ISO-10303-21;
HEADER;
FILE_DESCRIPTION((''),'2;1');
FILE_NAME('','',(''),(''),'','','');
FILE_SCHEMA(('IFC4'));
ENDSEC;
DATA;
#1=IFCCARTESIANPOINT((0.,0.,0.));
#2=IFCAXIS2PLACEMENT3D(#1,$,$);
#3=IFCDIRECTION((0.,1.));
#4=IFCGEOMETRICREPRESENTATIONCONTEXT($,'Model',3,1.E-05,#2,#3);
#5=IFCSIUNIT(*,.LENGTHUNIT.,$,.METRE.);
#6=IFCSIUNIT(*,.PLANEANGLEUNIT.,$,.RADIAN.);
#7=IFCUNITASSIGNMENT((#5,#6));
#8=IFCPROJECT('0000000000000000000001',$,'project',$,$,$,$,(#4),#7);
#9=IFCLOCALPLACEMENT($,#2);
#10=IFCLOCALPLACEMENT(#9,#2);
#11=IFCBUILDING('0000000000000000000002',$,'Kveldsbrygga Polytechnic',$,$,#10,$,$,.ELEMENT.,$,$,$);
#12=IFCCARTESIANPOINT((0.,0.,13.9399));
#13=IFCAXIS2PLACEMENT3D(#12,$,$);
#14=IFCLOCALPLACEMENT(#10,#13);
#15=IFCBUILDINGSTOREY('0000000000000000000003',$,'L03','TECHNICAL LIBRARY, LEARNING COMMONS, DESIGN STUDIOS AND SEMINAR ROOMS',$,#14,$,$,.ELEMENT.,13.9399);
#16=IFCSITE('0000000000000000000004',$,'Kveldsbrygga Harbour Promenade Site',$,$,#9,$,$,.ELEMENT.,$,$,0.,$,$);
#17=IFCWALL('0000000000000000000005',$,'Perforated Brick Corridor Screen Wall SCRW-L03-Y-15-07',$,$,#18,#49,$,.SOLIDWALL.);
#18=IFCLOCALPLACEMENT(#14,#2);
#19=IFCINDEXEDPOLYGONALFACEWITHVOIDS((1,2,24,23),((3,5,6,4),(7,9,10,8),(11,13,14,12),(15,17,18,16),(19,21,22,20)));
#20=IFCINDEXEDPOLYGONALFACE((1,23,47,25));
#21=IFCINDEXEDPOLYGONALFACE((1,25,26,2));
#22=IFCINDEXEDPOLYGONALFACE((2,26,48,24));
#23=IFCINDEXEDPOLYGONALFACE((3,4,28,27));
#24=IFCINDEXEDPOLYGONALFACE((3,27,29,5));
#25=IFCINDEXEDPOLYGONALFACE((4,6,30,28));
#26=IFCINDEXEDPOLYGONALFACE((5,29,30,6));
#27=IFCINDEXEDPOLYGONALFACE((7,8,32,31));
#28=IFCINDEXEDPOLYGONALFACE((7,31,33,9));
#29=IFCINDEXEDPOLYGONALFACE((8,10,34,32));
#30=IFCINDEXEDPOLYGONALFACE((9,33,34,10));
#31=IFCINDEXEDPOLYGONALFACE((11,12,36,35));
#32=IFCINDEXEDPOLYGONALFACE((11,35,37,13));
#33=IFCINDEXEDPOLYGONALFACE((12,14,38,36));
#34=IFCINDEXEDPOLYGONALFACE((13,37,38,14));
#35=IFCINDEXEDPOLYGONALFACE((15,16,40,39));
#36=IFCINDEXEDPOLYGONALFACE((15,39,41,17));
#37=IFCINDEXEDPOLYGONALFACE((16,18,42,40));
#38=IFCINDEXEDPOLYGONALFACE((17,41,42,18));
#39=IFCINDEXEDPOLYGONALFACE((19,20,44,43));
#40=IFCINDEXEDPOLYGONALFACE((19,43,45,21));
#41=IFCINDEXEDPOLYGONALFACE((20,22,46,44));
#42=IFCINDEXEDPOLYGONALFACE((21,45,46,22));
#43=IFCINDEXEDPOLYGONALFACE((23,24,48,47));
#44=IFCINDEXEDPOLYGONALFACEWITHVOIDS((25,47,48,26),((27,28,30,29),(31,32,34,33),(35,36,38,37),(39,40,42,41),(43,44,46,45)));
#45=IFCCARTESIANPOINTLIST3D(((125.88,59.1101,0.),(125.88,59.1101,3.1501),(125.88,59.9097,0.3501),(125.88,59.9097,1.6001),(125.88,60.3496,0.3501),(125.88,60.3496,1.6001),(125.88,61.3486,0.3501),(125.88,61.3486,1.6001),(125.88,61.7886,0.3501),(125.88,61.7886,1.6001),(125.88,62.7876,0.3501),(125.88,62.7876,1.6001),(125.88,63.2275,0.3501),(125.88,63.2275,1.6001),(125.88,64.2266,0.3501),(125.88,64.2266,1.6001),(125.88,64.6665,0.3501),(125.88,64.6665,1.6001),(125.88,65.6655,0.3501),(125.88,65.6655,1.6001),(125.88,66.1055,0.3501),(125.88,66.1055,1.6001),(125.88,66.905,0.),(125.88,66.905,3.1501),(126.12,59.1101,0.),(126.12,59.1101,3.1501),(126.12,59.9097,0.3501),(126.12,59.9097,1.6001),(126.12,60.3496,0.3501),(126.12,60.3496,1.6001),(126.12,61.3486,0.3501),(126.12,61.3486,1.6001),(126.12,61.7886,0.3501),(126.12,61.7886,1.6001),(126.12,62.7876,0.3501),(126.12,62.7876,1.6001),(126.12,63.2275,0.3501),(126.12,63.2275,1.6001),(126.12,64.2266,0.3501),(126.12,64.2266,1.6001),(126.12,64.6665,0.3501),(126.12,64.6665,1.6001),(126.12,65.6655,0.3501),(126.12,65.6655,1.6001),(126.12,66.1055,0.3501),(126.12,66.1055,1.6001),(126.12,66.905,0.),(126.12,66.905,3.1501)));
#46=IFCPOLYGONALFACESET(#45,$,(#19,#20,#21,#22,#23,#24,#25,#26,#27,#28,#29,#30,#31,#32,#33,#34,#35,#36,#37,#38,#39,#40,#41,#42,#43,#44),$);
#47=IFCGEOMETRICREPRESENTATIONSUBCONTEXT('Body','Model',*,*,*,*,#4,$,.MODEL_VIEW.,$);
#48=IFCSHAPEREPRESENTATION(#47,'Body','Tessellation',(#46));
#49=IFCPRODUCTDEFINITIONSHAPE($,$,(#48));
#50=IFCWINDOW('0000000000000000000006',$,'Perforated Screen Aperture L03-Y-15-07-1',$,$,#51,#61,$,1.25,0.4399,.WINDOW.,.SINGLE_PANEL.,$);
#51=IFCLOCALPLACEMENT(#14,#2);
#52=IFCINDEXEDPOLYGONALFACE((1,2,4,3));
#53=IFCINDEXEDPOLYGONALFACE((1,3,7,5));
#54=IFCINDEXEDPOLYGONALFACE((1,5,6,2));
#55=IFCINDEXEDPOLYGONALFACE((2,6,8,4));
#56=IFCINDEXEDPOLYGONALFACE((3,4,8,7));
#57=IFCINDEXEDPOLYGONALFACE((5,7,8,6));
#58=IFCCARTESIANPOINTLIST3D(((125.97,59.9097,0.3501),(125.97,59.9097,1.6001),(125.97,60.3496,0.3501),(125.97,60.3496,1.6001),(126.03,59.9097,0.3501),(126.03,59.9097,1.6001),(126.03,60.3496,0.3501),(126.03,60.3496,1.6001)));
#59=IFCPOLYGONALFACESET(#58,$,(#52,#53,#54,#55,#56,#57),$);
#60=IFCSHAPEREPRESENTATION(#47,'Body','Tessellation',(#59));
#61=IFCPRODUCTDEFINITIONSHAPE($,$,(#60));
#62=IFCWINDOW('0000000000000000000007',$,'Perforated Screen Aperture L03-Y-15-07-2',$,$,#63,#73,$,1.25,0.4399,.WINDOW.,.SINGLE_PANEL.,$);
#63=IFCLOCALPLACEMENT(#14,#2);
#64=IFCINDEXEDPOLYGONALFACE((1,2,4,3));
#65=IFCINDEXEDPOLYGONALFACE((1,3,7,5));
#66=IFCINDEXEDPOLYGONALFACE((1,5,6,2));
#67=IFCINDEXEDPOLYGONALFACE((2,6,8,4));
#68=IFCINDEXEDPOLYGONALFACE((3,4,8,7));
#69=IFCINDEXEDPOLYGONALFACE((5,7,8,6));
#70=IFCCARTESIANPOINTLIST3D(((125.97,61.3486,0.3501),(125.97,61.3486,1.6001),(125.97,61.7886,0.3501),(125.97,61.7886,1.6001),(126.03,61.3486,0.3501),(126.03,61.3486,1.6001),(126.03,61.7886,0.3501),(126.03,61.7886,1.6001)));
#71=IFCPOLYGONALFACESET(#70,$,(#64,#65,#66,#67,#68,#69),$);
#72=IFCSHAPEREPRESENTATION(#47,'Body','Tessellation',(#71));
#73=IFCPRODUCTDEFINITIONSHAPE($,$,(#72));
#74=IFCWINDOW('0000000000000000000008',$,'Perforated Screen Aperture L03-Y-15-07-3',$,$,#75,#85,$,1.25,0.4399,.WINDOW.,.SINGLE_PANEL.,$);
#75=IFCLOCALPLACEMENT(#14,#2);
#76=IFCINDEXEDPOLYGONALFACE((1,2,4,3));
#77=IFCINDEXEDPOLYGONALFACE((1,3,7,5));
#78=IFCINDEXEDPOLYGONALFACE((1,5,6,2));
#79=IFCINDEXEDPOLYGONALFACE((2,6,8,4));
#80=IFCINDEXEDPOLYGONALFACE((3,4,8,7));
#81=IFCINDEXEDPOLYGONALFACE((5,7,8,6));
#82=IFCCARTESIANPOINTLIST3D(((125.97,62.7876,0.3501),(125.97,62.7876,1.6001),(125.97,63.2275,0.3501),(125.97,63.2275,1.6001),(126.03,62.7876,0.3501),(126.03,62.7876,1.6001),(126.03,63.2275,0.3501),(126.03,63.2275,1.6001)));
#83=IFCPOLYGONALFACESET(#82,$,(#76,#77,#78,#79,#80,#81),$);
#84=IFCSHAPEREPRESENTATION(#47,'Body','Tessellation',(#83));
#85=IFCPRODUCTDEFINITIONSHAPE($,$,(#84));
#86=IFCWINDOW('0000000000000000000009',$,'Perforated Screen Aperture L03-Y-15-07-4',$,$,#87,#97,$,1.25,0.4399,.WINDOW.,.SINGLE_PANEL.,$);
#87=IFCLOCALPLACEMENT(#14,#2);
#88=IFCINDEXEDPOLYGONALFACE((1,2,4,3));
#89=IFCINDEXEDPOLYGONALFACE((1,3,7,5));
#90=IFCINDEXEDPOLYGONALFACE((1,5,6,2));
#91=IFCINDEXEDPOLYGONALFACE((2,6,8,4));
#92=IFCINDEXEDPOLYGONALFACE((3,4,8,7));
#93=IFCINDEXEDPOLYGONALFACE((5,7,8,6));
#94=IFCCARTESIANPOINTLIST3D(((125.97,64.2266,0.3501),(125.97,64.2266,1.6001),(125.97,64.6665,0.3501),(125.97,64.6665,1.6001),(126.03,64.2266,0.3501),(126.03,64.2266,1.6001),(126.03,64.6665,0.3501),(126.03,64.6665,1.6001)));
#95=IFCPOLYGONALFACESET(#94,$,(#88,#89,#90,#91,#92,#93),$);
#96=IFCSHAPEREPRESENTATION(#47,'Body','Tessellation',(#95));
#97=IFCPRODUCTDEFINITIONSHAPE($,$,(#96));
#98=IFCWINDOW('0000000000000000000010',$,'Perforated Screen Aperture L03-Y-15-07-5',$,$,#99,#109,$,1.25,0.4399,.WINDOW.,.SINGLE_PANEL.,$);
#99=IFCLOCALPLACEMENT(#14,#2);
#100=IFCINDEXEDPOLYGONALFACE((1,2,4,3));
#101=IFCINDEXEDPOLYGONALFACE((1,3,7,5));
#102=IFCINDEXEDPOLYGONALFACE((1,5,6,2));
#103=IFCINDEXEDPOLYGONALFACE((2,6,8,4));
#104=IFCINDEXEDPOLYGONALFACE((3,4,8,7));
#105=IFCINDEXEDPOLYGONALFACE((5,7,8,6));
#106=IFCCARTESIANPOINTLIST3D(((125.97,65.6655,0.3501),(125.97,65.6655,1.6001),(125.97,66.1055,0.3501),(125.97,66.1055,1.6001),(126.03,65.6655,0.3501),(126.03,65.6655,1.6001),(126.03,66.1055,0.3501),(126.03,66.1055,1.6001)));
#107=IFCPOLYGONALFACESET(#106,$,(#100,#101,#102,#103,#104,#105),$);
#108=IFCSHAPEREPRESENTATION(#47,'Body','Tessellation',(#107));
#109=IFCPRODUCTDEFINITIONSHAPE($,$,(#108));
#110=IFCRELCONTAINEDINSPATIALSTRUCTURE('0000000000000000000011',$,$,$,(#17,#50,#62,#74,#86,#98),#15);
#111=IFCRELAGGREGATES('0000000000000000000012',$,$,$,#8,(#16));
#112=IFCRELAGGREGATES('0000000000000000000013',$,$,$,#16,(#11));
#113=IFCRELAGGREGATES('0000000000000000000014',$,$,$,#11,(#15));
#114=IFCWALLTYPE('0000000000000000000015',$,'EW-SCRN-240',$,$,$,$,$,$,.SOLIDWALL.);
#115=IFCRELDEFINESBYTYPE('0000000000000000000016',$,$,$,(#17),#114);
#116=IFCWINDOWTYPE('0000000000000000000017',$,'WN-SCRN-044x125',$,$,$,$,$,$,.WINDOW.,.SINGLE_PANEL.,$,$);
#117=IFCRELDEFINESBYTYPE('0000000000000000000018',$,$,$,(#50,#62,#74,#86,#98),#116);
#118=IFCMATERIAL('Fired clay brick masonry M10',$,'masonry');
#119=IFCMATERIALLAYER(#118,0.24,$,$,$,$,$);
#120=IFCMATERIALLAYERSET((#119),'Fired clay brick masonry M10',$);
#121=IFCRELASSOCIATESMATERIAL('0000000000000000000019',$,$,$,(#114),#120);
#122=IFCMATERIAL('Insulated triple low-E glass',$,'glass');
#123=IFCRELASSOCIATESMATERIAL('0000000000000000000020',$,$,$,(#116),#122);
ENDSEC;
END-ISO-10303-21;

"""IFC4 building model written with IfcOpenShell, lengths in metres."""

from ifc_helpers import new_model, si_unit, direction, frame, frame_2d, origin, place, context, subcontext, project, spatial, rectangle, extrude, material, layer, layer_set, type_object, element, fill, save


model = new_model("IFC4")

# Units and contexts
model_context = context("Model", 3, precision=1e-05, world=origin(), true_north=direction((0.0, 1.0)))
body_context = subcontext(model_context, "Body", "Model", "MODEL_VIEW")
ifc_project = project(units=[si_unit("LENGTHUNIT", "METRE"), si_unit("PLANEANGLEUNIT", "RADIAN")], contexts=[model_context])

# Site, building, storey
site_placement = place(None, origin())
site = spatial("IfcSite", under=ifc_project, at=site_placement, Name="Kveldsbrygga Harbour Promenade Site", CompositionType="ELEMENT", RefElevation=0.0)
building_placement = place(site_placement, origin())
building = spatial("IfcBuilding", under=site, at=building_placement, Name="Kveldsbrygga Polytechnic", CompositionType="ELEMENT")
storey_placement = place(building_placement, frame((0.0, 0.0, 13.9399)))
storey = spatial("IfcBuildingStorey", under=building, at=storey_placement, Name="L03", Description="TECHNICAL LIBRARY, LEARNING COMMONS, DESIGN STUDIOS AND SEMINAR ROOMS", CompositionType="ELEMENT", Elevation=13.9399)

# Wall, openings, windows
ifc_material_1 = material(Name="Fired clay brick masonry M10", Category="masonry")
ifc_layer = layer(ifc_material_1, 0.24)
ifc_layer_set = layer_set([ifc_layer], Name="Fired clay brick masonry M10")
wall_type = type_object("IfcWallType", Name="EW-SCRN-240", PredefinedType="SOLIDWALL", material=ifc_layer_set)
ifc_material_2 = material(Name="Insulated triple low-E glass", Category="glass")
window_type = type_object("IfcWindowType", Name="WN-SCRN-044x125", PartitioningType="SINGLE_PANEL", PredefinedType="WINDOW", material=ifc_material_2)
wall_1_placement = place(storey_placement, frame((126.0, 59.1101, 0.0), z_axis=(0.0, 0.0, 1.0), x_axis=(0.0, 1.0, 0.0)))
wall_1 = element("IfcWall", 1, at=wall_1_placement, inside=storey, type_object=wall_type, Name="Perforated Brick Corridor Screen Wall SCRW-L03-Y-15-07", PredefinedType="SOLIDWALL", context=body_context, shape_type="SweptSolid", body=[
    extrude(rectangle(XDim=7.7949, YDim=0.24, at=frame_2d((3.8975, 0.0))), origin(), (0.0, 0.0, 1.0), 3.1501),
])
opening_1_placement = place(wall_1_placement, frame((0.7996, 0.0, 0.3501)))
opening_1 = element("IfcOpeningElement", 2, at=opening_1_placement, cuts=wall_1, PredefinedType="OPENING", context=body_context, shape_type="SweptSolid", body=[
    extrude(rectangle(XDim=0.4399, YDim=1.25, at=frame_2d((0.22, 0.625))), frame((0.0, 0.1299, 0.0), z_axis=(0.0, -1.0, 0.0), x_axis=(1.0, 0.0, 0.0)), (0.0, 0.0, 1.0), 0.26),
])
opening_2_placement = place(wall_1_placement, frame((2.2385, 0.0, 0.3501)))
opening_2 = element("IfcOpeningElement", 3, at=opening_2_placement, cuts=wall_1, PredefinedType="OPENING", context=body_context, shape_type="SweptSolid", body=[
    extrude(rectangle(XDim=0.4399, YDim=1.25, at=frame_2d((0.22, 0.625))), frame((0.0, 0.1299, 0.0), z_axis=(0.0, -1.0, 0.0), x_axis=(1.0, 0.0, 0.0)), (0.0, 0.0, 1.0), 0.26),
])
opening_3_placement = place(wall_1_placement, frame((3.6775, 0.0, 0.3501)))
opening_3 = element("IfcOpeningElement", 4, at=opening_3_placement, cuts=wall_1, PredefinedType="OPENING", context=body_context, shape_type="SweptSolid", body=[
    extrude(rectangle(XDim=0.4399, YDim=1.25, at=frame_2d((0.22, 0.625))), frame((0.0, 0.1299, 0.0), z_axis=(0.0, -1.0, 0.0), x_axis=(1.0, 0.0, 0.0)), (0.0, 0.0, 1.0), 0.26),
])
opening_4_placement = place(wall_1_placement, frame((5.1165, 0.0, 0.3501)))
opening_4 = element("IfcOpeningElement", 5, at=opening_4_placement, cuts=wall_1, PredefinedType="OPENING", context=body_context, shape_type="SweptSolid", body=[
    extrude(rectangle(XDim=0.4399, YDim=1.25, at=frame_2d((0.22, 0.625))), frame((0.0, 0.1299, 0.0), z_axis=(0.0, -1.0, 0.0), x_axis=(1.0, 0.0, 0.0)), (0.0, 0.0, 1.0), 0.26),
])
opening_5_placement = place(wall_1_placement, frame((6.5554, 0.0, 0.3501)))
opening_5 = element("IfcOpeningElement", 6, at=opening_5_placement, cuts=wall_1, PredefinedType="OPENING", context=body_context, shape_type="SweptSolid", body=[
    extrude(rectangle(XDim=0.4399, YDim=1.25, at=frame_2d((0.22, 0.625))), frame((0.0, 0.1299, 0.0), z_axis=(0.0, -1.0, 0.0), x_axis=(1.0, 0.0, 0.0)), (0.0, 0.0, 1.0), 0.26),
])
window_1_placement = place(opening_1_placement, origin())
window_1 = element("IfcWindow", 7, at=window_1_placement, inside=storey, type_object=window_type, Name="Perforated Screen Aperture L03-Y-15-07-1", OverallHeight=1.25, OverallWidth=0.4399, PartitioningType="SINGLE_PANEL", PredefinedType="WINDOW", context=body_context, shape_type="SweptSolid", body=[
    extrude(rectangle(XDim=0.4399, YDim=1.25, at=frame_2d((0.22, 0.625))), frame((0.0, 0.03, 0.0), z_axis=(0.0, -1.0, 0.0), x_axis=(1.0, 0.0, 0.0)), (0.0, 0.0, 1.0), 0.0601),
])
fill(opening_1, window_1)
window_2_placement = place(opening_2_placement, origin())
window_2 = element("IfcWindow", 8, at=window_2_placement, inside=storey, type_object=window_type, Name="Perforated Screen Aperture L03-Y-15-07-2", OverallHeight=1.25, OverallWidth=0.4399, PartitioningType="SINGLE_PANEL", PredefinedType="WINDOW", context=body_context, shape_type="SweptSolid", body=[
    extrude(rectangle(XDim=0.4399, YDim=1.25, at=frame_2d((0.22, 0.625))), frame((0.0, 0.03, 0.0), z_axis=(0.0, -1.0, 0.0), x_axis=(1.0, 0.0, 0.0)), (0.0, 0.0, 1.0), 0.0601),
])
fill(opening_2, window_2)
window_3_placement = place(opening_3_placement, origin())
window_3 = element("IfcWindow", 9, at=window_3_placement, inside=storey, type_object=window_type, Name="Perforated Screen Aperture L03-Y-15-07-3", OverallHeight=1.25, OverallWidth=0.4399, PartitioningType="SINGLE_PANEL", PredefinedType="WINDOW", context=body_context, shape_type="SweptSolid", body=[
    extrude(rectangle(XDim=0.4399, YDim=1.25, at=frame_2d((0.22, 0.625))), frame((0.0, 0.03, 0.0), z_axis=(0.0, -1.0, 0.0), x_axis=(1.0, 0.0, 0.0)), (0.0, 0.0, 1.0), 0.0601),
])
fill(opening_3, window_3)
window_4_placement = place(opening_4_placement, origin())
window_4 = element("IfcWindow", 10, at=window_4_placement, inside=storey, type_object=window_type, Name="Perforated Screen Aperture L03-Y-15-07-4", OverallHeight=1.25, OverallWidth=0.4399, PartitioningType="SINGLE_PANEL", PredefinedType="WINDOW", context=body_context, shape_type="SweptSolid", body=[
    extrude(rectangle(XDim=0.4399, YDim=1.25, at=frame_2d((0.22, 0.625))), frame((0.0, 0.03, 0.0), z_axis=(0.0, -1.0, 0.0), x_axis=(1.0, 0.0, 0.0)), (0.0, 0.0, 1.0), 0.0601),
])
fill(opening_4, window_4)
window_5_placement = place(opening_5_placement, origin())
window_5 = element("IfcWindow", 11, at=window_5_placement, inside=storey, type_object=window_type, Name="Perforated Screen Aperture L03-Y-15-07-5", OverallHeight=1.25, OverallWidth=0.4399, PartitioningType="SINGLE_PANEL", PredefinedType="WINDOW", context=body_context, shape_type="SweptSolid", body=[
    extrude(rectangle(XDim=0.4399, YDim=1.25, at=frame_2d((0.22, 0.625))), frame((0.0, 0.03, 0.0), z_axis=(0.0, -1.0, 0.0), x_axis=(1.0, 0.0, 0.0)), (0.0, 0.0, 1.0), 0.0601),
])
fill(opening_5, window_5)

save(model, "model.ifc")
